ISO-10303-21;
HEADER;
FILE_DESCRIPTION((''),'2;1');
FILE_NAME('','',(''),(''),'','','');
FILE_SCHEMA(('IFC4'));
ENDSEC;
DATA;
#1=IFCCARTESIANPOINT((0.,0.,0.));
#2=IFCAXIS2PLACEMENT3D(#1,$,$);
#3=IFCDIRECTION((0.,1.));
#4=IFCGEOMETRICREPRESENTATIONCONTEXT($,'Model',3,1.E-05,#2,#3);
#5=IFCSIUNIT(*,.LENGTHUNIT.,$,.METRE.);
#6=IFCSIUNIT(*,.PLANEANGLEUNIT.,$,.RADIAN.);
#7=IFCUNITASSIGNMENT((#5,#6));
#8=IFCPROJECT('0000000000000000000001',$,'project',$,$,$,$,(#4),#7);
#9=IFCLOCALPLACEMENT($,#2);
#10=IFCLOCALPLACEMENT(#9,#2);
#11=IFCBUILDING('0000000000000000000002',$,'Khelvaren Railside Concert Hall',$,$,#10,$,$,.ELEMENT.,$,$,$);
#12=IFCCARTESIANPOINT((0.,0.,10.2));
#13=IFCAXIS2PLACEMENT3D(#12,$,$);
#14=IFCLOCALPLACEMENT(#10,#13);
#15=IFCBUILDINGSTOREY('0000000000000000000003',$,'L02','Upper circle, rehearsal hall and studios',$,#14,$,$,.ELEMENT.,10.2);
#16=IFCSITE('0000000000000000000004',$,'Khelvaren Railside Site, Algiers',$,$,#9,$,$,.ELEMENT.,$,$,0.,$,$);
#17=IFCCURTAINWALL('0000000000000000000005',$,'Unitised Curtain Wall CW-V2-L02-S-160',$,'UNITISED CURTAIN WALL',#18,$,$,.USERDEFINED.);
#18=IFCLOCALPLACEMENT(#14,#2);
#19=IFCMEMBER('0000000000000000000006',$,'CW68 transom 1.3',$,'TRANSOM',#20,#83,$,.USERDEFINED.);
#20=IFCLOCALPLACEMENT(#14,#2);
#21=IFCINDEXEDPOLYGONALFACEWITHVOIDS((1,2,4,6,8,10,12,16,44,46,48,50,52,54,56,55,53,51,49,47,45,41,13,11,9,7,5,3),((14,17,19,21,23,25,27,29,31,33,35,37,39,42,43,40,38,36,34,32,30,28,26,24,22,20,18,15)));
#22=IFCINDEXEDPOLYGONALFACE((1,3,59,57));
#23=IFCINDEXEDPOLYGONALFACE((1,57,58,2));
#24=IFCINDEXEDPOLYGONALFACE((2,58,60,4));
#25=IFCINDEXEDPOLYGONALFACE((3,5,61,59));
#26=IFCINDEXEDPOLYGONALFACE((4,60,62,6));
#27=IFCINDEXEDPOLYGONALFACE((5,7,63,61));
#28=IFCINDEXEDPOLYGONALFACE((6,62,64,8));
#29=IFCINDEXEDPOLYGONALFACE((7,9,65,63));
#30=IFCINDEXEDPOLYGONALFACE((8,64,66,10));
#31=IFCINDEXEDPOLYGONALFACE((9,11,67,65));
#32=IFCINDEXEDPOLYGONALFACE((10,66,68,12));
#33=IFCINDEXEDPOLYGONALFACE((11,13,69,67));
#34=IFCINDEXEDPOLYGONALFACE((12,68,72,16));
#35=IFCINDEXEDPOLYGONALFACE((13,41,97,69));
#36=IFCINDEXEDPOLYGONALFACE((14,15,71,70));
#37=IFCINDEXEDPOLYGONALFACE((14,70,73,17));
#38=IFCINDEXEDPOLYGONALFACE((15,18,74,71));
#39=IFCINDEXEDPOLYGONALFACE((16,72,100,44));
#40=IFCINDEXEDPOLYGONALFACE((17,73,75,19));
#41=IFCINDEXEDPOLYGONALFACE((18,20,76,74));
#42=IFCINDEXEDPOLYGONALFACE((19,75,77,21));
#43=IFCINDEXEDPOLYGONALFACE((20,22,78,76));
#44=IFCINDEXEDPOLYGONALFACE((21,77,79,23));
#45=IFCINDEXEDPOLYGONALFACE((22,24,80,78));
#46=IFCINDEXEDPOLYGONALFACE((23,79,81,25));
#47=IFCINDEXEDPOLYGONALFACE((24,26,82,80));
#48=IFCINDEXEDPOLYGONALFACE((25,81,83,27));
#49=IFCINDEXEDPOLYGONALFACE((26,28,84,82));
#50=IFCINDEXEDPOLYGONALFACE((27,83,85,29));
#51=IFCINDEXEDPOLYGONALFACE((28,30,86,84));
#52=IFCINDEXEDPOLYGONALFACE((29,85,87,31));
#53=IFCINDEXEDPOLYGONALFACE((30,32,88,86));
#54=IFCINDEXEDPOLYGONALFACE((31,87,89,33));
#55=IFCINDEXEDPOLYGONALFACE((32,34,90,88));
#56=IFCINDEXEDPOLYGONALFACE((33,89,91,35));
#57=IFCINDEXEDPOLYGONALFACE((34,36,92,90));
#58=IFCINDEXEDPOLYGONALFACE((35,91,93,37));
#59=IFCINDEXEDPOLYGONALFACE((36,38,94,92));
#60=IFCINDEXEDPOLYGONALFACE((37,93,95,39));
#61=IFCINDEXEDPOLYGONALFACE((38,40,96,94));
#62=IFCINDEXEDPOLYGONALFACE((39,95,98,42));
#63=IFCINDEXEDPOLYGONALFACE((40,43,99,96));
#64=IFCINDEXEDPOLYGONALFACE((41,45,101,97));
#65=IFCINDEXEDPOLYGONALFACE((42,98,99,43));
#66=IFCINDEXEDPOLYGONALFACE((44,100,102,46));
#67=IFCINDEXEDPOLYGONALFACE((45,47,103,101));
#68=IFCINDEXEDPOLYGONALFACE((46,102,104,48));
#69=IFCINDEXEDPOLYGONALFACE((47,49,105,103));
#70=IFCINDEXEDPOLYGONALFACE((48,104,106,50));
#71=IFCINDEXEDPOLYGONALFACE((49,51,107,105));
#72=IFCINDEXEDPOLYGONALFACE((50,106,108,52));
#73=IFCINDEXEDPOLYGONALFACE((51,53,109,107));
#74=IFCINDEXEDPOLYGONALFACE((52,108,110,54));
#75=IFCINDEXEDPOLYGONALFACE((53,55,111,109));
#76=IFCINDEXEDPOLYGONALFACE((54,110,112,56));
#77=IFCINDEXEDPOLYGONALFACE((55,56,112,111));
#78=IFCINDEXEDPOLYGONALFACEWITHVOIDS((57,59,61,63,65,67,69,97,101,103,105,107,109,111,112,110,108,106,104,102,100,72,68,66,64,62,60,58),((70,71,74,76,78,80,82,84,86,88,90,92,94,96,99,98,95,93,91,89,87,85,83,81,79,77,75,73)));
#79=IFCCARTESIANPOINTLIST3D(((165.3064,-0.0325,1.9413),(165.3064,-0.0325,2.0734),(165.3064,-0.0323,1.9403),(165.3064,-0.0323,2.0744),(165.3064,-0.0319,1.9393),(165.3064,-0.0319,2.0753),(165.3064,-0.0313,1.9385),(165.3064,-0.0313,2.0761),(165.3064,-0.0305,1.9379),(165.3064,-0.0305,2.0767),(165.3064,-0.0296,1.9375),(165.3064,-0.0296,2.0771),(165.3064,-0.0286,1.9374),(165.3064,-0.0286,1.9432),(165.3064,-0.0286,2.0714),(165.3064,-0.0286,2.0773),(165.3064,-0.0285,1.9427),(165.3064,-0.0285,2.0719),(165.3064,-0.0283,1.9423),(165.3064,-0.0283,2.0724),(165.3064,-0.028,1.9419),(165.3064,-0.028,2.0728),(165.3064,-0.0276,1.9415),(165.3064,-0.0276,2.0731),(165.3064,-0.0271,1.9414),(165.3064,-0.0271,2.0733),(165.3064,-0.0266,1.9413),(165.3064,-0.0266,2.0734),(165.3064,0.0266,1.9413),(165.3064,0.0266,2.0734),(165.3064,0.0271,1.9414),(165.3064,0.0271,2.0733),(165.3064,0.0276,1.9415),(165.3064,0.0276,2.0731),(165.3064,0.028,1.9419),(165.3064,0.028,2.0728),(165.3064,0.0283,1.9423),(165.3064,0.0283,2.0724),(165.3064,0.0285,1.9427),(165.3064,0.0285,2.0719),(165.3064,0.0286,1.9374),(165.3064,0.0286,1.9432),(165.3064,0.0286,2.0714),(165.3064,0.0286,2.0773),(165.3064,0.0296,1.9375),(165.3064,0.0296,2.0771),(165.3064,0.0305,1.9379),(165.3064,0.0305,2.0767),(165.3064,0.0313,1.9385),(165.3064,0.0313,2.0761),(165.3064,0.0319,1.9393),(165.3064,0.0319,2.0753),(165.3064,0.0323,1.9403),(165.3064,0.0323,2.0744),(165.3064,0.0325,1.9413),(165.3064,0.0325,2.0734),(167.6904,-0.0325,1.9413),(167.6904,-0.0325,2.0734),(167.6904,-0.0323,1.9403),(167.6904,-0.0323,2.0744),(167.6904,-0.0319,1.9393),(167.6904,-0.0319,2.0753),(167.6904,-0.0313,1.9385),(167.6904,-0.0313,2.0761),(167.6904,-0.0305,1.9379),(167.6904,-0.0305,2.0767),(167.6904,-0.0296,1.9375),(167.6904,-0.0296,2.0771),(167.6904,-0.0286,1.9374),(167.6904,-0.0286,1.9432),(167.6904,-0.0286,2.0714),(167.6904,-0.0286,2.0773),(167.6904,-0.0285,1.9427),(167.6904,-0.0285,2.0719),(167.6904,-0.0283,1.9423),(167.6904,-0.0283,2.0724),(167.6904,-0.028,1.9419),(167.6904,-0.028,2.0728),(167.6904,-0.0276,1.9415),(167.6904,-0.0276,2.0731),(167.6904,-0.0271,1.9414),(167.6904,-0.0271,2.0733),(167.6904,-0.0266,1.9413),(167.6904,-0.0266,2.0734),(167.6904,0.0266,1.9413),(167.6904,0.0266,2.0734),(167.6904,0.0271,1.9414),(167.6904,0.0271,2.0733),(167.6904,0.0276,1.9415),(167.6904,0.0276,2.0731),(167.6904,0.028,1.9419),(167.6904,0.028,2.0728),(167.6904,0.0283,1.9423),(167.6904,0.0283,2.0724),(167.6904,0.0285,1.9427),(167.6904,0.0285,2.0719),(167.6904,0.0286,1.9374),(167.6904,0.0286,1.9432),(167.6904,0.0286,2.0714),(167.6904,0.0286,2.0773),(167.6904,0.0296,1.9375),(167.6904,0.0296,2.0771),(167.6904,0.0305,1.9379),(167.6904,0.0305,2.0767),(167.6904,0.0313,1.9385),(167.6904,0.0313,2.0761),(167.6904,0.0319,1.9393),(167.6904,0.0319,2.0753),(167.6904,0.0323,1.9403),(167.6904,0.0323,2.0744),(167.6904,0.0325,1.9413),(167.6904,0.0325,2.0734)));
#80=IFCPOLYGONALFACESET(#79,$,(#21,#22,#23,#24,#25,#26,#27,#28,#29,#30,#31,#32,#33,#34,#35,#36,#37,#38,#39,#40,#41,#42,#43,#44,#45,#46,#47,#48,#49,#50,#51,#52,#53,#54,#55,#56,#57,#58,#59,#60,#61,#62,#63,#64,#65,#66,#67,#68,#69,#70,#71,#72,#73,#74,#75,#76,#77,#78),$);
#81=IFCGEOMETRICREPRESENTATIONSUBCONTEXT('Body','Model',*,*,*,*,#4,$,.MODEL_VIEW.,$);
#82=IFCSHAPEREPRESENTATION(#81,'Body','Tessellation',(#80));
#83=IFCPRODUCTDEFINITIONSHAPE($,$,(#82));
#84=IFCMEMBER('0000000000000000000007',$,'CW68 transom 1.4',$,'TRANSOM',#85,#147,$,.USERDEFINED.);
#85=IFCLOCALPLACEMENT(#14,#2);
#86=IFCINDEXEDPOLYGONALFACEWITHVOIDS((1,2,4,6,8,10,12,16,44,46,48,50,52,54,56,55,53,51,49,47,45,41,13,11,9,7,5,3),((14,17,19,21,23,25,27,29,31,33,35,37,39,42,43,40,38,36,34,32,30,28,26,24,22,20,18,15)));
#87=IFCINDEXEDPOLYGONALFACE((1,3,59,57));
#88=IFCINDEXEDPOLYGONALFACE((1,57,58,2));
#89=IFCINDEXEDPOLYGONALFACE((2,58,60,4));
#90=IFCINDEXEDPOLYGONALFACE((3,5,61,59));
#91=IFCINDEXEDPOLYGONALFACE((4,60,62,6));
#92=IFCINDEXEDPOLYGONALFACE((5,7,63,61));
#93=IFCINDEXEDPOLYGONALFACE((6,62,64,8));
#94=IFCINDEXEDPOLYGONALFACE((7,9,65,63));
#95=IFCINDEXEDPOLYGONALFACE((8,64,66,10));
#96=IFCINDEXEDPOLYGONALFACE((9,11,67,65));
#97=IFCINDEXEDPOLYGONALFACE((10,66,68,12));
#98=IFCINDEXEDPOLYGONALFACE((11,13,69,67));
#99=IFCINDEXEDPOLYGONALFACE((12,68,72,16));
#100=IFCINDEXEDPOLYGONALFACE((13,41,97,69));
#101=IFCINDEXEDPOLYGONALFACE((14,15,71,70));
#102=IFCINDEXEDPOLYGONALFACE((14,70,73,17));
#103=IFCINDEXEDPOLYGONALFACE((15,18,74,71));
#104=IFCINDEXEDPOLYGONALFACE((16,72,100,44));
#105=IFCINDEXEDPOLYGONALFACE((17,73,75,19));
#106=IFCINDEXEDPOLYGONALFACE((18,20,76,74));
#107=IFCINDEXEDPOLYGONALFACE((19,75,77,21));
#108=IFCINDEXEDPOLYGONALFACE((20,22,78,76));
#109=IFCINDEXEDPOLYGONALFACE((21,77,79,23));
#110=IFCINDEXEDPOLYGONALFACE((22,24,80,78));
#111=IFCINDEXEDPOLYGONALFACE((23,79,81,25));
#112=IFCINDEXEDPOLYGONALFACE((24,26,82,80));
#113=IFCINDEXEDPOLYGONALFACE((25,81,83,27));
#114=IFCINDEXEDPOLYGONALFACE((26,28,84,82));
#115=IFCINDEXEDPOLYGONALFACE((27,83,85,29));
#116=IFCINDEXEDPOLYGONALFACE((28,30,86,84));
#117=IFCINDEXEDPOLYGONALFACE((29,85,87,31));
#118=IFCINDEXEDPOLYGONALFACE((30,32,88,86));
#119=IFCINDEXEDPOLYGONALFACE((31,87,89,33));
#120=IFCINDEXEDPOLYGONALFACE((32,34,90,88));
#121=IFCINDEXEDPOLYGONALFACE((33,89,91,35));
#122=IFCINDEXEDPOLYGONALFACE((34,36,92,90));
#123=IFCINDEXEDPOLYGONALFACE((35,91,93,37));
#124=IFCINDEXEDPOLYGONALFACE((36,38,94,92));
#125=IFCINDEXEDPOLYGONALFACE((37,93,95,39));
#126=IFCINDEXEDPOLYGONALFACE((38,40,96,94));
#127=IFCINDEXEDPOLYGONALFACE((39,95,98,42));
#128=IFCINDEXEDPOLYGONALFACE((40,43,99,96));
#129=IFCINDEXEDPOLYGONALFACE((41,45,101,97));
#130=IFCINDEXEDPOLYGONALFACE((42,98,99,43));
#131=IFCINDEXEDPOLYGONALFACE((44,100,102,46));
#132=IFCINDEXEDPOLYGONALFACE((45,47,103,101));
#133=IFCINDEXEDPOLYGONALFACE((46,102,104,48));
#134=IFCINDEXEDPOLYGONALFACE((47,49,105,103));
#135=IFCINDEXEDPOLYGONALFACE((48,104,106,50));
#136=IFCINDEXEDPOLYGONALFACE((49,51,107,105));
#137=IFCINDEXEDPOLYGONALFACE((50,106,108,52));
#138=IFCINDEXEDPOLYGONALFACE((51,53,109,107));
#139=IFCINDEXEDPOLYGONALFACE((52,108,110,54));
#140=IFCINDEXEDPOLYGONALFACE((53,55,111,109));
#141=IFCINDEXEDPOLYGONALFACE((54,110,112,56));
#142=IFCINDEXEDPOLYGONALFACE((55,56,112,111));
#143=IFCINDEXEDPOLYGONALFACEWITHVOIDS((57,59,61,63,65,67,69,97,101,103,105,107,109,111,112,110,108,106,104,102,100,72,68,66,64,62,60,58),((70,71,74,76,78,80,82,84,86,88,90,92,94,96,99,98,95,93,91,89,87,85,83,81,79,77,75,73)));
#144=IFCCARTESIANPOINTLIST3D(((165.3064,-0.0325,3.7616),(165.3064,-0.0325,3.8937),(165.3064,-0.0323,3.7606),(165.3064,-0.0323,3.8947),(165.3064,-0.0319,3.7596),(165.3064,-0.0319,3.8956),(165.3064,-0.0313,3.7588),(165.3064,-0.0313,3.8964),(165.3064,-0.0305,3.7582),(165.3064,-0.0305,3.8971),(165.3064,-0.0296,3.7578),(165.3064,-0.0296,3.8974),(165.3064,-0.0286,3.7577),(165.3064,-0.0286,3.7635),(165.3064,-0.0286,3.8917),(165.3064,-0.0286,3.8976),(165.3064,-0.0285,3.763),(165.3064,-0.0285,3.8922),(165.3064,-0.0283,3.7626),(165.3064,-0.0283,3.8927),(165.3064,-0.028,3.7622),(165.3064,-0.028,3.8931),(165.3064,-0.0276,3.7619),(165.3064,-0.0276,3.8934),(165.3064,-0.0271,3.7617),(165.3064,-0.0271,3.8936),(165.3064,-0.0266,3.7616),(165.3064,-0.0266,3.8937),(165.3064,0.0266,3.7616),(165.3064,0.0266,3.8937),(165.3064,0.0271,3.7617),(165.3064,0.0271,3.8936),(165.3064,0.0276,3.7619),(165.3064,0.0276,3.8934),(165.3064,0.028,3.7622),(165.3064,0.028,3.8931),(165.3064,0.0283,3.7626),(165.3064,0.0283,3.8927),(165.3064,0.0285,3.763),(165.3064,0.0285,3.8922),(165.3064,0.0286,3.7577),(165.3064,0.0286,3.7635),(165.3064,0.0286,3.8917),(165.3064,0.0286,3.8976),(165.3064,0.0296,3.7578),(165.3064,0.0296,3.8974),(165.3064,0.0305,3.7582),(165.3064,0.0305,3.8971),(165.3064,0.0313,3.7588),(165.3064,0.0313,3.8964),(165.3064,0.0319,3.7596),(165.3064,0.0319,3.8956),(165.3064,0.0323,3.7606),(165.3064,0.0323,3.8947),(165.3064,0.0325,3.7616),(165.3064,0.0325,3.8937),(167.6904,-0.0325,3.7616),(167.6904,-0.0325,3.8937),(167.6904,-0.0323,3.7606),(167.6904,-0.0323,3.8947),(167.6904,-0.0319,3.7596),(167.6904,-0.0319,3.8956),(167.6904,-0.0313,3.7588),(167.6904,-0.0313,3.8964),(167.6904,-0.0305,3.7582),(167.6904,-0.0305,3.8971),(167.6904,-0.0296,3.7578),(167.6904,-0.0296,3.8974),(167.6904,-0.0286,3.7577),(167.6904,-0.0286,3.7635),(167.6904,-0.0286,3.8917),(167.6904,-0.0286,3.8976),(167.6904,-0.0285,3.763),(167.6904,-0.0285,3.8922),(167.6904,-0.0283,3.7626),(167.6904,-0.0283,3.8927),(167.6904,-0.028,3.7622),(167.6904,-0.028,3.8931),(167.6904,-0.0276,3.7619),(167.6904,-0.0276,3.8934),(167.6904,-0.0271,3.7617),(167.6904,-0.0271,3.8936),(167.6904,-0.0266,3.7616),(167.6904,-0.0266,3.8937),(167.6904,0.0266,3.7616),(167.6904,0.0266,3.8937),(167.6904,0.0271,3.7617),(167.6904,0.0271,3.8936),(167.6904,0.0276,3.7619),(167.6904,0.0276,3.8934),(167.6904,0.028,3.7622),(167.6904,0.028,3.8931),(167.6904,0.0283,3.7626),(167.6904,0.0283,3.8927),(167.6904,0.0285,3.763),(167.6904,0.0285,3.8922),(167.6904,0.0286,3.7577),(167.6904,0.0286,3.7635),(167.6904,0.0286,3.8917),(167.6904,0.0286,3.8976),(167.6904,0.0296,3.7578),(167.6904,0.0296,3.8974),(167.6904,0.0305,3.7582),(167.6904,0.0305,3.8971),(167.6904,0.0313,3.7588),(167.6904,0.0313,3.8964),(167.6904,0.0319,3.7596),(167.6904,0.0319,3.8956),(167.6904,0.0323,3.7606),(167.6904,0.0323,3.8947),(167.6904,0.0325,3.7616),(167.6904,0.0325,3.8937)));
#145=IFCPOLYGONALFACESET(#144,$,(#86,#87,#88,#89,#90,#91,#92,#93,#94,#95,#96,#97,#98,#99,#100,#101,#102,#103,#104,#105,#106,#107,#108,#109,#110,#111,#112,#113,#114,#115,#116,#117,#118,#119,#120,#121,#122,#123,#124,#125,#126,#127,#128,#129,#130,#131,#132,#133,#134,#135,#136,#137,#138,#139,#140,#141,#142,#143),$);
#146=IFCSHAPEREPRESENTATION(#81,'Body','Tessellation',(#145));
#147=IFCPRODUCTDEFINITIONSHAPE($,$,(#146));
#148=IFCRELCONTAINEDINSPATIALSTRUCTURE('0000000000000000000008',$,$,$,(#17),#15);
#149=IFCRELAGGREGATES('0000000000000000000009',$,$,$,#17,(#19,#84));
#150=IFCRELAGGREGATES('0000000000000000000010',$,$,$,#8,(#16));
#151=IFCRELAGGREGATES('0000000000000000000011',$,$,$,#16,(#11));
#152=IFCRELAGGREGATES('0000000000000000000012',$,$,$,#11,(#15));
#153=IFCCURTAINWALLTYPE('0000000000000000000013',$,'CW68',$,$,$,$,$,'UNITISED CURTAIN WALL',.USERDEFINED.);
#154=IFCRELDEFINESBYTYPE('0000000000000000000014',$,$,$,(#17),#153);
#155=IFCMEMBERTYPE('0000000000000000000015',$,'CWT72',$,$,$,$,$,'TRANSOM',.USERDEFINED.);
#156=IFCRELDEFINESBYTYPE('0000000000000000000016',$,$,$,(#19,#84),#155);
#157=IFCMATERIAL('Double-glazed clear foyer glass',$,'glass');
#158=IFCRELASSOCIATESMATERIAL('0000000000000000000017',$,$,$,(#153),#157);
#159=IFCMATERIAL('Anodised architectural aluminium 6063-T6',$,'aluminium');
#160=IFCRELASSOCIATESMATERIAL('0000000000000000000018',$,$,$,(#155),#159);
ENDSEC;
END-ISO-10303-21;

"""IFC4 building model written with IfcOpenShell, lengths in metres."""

from ifc_helpers import new_model, si_unit, direction, frame, origin, origin_2d, place, context, subcontext, project, spatial, hollow_rectangle, extrude, material, material_profile, profile_set, type_object, element, aggregate, save


model = new_model("IFC4")

# Units and contexts
model_context = context("Model", 3, precision=1e-05, world=origin(), true_north=direction((0.0, 1.0)))
body_context = subcontext(model_context, "Body", "Model", "MODEL_VIEW")
ifc_project = project(units=[si_unit("LENGTHUNIT", "METRE"), si_unit("PLANEANGLEUNIT", "RADIAN")], contexts=[model_context])

# Site, building, storey
site_placement = place(None, origin())
site = spatial("IfcSite", under=ifc_project, at=site_placement, Name="Khelvaren Railside Site, Algiers", CompositionType="ELEMENT", RefElevation=0.0)
building_placement = place(site_placement, origin())
building = spatial("IfcBuilding", under=site, at=building_placement, Name="Khelvaren Railside Concert Hall", CompositionType="ELEMENT")
storey_placement = place(building_placement, frame((0.0, 0.0, 10.2)))
storey = spatial("IfcBuildingStorey", under=building, at=storey_placement, Name="L02", Description="Upper circle, rehearsal hall and studios", CompositionType="ELEMENT", Elevation=10.2)

# Curtain wall
ifc_material_1 = material(Name="Double-glazed clear foyer glass", Category="glass")
curtain_wall_type_1 = type_object("IfcCurtainWallType", Name="CW68", ElementType="UNITISED CURTAIN WALL", PredefinedType="USERDEFINED", material=ifc_material_1)
curtain_wall_1_placement = place(storey_placement, origin())
curtain_wall_1 = element("IfcCurtainWall", 1, at=curtain_wall_1_placement, inside=storey, type_object=curtain_wall_type_1, Name="Unitised Curtain Wall CW-V2-L02-S-160", ObjectType="UNITISED CURTAIN WALL", PredefinedType="USERDEFINED")
ifc_material_2 = material(Name="Anodised architectural aluminium 6063-T6", Category="aluminium")

# Members
ifc_material_profile_1 = material_profile(ifc_material_2, hollow_rectangle(XDim=0.0649, YDim=0.1399, WallThickness=0.0039, InnerFilletRadius=0.002, OuterFilletRadius=0.0039, at=origin_2d()), Name="CWT 65x140x4")
ifc_profile_set_1 = profile_set([ifc_material_profile_1], Name="Anodised architectural aluminium 6063-T6")
member_type_1 = type_object("IfcMemberType", Name="CWT72", ElementType="TRANSOM", PredefinedType="USERDEFINED", material=ifc_profile_set_1)
member_1_placement = place(storey_placement, frame((167.6904, 0.0, 2.0073), z_axis=(-1.0, 0.0, 0.0), x_axis=(0.0, -1.0, 0.0)))
member_1 = element("IfcMember", 2, at=member_1_placement, type_object=member_type_1, Name="CW68 transom 1.3", ObjectType="TRANSOM", PredefinedType="USERDEFINED", context=body_context, shape_type="SweptSolid", body=[
    extrude(hollow_rectangle(XDim=0.0649, YDim=0.1399, WallThickness=0.0039, InnerFilletRadius=0.002, OuterFilletRadius=0.0039, at=origin_2d()), origin(), (0.0, 0.0, 1.0), 2.384),
])
member_2_placement = place(storey_placement, frame((167.6904, 0.0, 3.8276), z_axis=(-1.0, 0.0, 0.0), x_axis=(0.0, -1.0, 0.0)))
member_2 = element("IfcMember", 3, at=member_2_placement, type_object=member_type_1, Name="CW68 transom 1.4", ObjectType="TRANSOM", PredefinedType="USERDEFINED", context=body_context, shape_type="SweptSolid", body=[
    extrude(hollow_rectangle(XDim=0.0649, YDim=0.1399, WallThickness=0.0039, InnerFilletRadius=0.002, OuterFilletRadius=0.0039, at=origin_2d()), origin(), (0.0, 0.0, 1.0), 2.384),
])
aggregate(curtain_wall_1, [member_1, member_2])

save(model, "model.ifc")
